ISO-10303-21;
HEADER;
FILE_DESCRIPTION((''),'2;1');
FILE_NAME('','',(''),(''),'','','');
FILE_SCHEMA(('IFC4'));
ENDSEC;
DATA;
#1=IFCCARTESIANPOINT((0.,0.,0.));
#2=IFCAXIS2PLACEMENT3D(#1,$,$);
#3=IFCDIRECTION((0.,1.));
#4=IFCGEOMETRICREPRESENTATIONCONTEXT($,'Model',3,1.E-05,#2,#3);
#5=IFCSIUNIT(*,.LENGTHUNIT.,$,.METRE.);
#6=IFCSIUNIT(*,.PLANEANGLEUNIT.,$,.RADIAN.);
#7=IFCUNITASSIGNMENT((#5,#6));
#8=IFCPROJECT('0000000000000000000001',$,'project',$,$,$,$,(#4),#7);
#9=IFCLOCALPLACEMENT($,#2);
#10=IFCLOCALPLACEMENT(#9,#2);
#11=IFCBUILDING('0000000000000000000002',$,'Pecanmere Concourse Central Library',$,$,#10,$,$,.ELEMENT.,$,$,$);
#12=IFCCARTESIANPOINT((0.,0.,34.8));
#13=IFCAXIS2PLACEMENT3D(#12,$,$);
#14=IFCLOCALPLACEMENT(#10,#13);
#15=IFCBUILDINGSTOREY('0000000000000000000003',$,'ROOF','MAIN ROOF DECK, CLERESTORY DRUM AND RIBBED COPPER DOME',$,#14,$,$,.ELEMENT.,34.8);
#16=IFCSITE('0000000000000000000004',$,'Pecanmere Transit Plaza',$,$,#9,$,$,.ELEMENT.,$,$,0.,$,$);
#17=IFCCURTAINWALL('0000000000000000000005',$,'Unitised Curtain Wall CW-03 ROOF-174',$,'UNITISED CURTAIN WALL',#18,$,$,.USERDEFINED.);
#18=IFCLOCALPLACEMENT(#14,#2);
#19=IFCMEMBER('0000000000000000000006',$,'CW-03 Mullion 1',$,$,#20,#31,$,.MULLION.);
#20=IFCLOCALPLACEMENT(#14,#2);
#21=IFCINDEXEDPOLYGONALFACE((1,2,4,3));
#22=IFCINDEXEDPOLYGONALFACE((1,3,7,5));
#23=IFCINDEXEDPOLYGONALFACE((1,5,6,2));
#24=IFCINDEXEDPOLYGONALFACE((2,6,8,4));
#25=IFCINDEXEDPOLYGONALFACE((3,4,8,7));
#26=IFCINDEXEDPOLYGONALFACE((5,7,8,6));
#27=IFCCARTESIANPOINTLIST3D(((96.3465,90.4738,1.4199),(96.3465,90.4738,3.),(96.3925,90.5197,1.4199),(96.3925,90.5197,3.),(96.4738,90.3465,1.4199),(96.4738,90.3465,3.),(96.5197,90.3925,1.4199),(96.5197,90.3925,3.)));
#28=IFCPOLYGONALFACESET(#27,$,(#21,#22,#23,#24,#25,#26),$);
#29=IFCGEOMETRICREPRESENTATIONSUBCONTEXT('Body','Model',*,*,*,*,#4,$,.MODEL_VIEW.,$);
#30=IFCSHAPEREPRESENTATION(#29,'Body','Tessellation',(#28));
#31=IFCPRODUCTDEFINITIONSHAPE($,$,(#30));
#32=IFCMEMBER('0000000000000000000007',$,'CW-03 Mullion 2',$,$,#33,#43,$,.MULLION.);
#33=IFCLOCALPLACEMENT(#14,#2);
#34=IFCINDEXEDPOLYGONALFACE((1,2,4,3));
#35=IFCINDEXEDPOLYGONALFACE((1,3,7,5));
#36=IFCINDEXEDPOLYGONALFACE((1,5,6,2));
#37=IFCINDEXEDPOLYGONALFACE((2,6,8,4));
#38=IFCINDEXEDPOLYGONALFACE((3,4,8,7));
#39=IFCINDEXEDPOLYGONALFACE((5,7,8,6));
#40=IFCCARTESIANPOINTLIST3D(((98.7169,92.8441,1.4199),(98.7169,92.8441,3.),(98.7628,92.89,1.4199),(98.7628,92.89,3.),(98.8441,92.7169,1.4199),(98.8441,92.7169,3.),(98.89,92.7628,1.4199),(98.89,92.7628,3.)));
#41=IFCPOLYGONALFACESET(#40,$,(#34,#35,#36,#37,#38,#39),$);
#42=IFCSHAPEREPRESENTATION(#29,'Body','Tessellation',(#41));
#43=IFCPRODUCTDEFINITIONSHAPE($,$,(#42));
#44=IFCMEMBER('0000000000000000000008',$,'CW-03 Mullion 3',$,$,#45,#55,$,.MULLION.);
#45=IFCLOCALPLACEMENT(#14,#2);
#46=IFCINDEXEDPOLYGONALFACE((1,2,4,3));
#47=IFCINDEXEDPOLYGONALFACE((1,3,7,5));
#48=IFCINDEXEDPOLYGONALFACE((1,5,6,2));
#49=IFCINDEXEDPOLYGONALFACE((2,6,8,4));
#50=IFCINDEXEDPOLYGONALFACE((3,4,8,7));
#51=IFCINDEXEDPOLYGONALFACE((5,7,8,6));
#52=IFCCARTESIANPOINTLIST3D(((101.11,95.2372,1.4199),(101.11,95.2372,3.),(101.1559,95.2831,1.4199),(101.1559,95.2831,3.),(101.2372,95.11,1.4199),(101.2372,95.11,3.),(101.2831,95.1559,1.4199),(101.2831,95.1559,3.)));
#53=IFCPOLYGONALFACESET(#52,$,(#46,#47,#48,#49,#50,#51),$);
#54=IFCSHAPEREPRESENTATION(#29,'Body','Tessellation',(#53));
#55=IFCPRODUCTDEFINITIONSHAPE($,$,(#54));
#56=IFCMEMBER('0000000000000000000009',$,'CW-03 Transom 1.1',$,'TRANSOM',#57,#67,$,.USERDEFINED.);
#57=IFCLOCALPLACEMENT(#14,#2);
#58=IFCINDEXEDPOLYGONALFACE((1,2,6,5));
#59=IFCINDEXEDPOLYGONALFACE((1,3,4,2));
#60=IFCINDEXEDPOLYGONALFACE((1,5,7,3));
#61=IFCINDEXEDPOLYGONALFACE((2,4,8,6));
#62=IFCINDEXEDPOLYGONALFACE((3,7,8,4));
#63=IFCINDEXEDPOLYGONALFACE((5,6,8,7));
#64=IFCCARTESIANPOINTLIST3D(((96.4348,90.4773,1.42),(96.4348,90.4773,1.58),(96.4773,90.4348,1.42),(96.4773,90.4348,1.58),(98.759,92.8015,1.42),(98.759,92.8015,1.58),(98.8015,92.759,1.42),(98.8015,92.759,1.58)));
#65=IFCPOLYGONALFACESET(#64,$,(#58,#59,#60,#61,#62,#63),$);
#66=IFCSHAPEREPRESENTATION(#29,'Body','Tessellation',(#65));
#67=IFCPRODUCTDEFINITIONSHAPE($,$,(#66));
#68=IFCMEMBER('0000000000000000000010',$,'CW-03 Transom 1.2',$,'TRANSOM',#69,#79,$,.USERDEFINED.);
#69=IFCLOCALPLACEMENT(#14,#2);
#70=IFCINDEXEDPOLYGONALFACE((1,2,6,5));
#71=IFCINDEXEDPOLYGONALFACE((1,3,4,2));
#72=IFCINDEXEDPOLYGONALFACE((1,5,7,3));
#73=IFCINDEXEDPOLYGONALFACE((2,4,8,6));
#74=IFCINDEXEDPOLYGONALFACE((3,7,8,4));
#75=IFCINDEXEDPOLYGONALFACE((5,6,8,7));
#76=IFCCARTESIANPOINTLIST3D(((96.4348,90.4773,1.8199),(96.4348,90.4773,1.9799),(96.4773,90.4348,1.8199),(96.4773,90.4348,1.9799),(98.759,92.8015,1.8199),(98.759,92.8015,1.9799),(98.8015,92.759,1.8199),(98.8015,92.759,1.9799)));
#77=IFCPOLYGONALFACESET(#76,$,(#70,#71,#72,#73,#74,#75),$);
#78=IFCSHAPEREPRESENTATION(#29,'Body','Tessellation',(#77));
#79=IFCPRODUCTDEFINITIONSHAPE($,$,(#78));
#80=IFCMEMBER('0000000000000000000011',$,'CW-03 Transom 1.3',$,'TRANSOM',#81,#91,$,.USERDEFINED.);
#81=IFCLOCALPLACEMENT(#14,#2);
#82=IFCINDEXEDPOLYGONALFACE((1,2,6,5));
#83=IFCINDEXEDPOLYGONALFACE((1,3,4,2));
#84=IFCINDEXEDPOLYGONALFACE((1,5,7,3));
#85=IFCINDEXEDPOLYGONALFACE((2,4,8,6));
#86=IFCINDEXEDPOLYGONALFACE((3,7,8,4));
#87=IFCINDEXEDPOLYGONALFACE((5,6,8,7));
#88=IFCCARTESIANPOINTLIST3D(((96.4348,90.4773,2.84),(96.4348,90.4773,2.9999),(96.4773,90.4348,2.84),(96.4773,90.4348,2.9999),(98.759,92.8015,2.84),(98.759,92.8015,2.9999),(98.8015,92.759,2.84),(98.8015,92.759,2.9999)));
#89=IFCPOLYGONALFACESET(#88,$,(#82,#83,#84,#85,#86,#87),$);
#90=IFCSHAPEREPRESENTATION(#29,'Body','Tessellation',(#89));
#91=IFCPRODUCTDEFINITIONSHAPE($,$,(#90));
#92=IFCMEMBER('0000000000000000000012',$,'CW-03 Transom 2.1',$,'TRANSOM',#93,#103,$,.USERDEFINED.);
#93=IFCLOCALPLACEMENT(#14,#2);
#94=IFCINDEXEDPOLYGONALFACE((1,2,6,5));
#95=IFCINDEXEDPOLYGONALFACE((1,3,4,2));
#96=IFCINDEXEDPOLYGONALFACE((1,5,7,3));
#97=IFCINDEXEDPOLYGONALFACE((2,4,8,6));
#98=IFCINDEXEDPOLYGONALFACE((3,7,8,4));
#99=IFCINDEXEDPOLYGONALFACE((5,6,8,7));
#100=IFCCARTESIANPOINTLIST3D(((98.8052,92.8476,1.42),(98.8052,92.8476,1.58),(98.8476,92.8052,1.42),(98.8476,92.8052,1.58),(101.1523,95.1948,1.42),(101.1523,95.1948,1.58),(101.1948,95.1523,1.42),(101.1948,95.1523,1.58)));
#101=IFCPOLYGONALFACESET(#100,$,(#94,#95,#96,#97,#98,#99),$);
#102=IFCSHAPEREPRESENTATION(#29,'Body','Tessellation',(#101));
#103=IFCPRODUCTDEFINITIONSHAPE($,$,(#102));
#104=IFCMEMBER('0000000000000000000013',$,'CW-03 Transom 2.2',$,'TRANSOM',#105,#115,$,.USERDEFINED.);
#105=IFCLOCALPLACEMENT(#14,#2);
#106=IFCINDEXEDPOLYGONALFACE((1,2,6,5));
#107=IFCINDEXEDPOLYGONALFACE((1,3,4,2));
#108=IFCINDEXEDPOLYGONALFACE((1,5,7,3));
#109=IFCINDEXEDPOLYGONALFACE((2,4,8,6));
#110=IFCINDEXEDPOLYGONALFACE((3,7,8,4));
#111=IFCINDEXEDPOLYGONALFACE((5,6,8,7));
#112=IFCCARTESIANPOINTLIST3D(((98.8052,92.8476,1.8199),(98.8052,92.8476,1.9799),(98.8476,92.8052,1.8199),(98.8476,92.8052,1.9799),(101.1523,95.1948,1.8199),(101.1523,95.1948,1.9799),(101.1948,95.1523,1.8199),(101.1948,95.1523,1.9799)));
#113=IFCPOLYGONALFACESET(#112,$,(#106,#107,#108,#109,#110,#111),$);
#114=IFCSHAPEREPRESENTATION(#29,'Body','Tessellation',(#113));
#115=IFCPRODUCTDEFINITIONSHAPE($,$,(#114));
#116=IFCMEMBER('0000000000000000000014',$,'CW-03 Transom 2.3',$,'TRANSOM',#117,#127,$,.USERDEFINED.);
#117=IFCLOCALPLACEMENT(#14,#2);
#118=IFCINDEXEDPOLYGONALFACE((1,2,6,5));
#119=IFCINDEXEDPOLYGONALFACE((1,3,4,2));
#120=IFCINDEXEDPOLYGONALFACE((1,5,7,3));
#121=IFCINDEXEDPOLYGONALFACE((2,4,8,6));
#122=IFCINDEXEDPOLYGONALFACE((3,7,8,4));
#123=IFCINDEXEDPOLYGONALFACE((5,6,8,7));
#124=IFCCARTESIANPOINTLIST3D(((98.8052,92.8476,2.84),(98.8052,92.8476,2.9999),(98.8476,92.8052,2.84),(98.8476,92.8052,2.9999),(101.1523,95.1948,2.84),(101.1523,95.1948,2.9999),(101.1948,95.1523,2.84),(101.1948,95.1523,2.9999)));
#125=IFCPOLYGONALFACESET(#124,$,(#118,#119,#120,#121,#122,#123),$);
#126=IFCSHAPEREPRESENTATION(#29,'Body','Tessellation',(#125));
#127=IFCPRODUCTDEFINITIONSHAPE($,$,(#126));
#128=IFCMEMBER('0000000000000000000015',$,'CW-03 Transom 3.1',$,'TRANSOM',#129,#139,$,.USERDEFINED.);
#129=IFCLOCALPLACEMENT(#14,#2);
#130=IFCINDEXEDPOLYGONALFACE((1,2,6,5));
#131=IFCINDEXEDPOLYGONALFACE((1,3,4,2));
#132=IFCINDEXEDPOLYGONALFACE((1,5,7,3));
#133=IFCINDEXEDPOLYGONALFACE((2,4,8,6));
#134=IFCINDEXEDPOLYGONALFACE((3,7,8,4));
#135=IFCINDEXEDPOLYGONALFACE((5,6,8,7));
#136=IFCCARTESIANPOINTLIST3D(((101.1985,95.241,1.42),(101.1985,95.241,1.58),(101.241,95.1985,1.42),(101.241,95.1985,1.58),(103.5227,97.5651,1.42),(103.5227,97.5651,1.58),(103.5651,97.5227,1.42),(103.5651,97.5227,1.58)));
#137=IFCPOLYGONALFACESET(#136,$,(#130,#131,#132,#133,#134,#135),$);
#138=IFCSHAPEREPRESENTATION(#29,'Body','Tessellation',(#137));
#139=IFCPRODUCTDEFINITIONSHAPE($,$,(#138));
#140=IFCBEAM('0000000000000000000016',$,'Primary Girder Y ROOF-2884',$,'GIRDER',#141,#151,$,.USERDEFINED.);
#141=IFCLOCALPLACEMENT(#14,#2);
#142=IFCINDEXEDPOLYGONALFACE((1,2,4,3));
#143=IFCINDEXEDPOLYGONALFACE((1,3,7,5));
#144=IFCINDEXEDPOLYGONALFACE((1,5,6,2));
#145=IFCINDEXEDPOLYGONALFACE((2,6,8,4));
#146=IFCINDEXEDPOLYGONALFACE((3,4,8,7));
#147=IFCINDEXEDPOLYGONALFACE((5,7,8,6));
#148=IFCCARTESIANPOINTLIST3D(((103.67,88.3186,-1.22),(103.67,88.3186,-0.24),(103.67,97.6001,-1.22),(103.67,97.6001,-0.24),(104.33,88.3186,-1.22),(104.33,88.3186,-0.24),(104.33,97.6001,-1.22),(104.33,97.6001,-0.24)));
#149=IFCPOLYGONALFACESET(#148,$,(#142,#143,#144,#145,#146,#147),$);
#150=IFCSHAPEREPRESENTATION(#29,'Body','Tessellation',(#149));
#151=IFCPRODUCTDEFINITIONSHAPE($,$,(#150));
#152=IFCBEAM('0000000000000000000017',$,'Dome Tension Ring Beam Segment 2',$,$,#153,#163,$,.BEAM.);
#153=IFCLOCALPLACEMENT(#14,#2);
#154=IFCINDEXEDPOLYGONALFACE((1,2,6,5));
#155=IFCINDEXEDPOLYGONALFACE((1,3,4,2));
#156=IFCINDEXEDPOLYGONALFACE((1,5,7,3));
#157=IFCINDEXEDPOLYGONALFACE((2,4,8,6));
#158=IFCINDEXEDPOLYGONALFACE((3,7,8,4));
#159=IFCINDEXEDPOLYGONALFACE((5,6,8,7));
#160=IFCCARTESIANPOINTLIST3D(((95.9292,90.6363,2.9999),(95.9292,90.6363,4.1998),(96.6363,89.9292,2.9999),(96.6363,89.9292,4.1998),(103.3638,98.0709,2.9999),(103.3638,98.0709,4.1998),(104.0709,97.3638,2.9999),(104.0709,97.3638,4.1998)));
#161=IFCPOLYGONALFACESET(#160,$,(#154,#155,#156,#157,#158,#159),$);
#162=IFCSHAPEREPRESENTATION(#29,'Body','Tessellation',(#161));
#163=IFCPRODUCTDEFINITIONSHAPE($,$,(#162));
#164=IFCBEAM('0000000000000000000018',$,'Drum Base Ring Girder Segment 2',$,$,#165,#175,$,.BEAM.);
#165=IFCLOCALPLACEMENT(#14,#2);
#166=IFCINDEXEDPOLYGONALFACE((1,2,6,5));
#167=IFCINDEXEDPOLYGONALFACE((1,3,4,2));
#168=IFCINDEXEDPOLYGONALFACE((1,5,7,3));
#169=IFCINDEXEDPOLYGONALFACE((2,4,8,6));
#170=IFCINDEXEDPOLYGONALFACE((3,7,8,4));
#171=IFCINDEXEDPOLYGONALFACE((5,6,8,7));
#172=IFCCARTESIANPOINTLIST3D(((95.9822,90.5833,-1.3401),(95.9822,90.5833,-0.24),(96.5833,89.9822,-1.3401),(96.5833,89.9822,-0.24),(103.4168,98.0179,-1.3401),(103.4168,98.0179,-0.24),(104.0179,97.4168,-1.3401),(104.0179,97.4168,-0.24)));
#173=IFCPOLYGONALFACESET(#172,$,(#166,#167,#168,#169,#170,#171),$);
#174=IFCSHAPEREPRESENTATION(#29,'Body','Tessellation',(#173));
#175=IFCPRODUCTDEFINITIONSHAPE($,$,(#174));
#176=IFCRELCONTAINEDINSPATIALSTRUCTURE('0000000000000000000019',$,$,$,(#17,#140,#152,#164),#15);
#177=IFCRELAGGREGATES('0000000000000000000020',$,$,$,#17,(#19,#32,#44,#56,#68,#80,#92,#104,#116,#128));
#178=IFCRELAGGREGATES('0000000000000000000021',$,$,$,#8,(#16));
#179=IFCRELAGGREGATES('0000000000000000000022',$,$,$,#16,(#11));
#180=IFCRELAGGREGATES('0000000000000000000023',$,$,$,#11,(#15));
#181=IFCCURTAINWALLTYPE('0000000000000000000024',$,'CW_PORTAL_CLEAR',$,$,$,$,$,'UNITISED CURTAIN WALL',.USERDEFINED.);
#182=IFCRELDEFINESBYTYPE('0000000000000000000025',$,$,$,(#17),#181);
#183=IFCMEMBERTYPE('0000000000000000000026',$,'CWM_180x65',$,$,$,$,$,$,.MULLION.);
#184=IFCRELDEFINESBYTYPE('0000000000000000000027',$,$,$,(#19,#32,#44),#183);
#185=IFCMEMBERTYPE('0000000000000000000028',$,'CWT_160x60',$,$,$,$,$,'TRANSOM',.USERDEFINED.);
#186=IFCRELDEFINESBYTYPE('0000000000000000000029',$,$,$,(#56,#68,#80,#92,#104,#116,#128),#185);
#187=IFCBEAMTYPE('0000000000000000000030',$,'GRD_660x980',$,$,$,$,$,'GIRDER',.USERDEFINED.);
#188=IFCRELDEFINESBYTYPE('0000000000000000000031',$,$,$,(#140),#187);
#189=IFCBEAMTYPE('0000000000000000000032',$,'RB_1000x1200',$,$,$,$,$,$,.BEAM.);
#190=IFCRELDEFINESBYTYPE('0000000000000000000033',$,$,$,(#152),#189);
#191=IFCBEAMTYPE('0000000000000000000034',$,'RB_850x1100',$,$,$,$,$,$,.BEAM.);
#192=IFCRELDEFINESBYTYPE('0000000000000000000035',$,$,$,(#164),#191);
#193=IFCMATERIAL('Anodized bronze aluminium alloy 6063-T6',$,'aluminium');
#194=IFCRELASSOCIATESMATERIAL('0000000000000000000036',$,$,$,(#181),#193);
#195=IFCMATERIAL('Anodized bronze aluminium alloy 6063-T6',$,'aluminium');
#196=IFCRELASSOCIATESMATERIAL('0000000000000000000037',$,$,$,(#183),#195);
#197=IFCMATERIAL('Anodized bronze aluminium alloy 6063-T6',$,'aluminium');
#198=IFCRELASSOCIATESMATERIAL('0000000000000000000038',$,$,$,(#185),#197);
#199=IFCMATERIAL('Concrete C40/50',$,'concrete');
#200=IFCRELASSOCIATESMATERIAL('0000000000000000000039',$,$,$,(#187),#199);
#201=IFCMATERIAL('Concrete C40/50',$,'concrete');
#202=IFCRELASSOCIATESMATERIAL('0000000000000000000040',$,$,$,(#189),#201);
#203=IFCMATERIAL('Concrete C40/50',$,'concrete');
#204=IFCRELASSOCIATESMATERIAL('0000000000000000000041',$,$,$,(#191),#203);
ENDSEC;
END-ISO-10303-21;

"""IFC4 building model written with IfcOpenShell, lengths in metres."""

from ifc_helpers import new_model, si_unit, direction, frame, origin, origin_2d, place, context, subcontext, project, spatial, rectangle, extrude, material, material_profile, profile_set, type_object, element, aggregate, save


model = new_model("IFC4")

# Units and contexts
model_context = context("Model", 3, precision=1e-05, world=origin(), true_north=direction((0.0, 1.0)))
body_context = subcontext(model_context, "Body", "Model", "MODEL_VIEW")
ifc_project = project(units=[si_unit("LENGTHUNIT", "METRE"), si_unit("PLANEANGLEUNIT", "RADIAN")], contexts=[model_context])

# Site, building, storey
site_placement = place(None, origin())
site = spatial("IfcSite", under=ifc_project, at=site_placement, Name="Pecanmere Transit Plaza", CompositionType="ELEMENT", RefElevation=0.0)
building_placement = place(site_placement, origin())
building = spatial("IfcBuilding", under=site, at=building_placement, Name="Pecanmere Concourse Central Library", CompositionType="ELEMENT")
storey_placement = place(building_placement, frame((0.0, 0.0, 34.8)))
storey = spatial("IfcBuildingStorey", under=building, at=storey_placement, Name="ROOF", Description="MAIN ROOF DECK, CLERESTORY DRUM AND RIBBED COPPER DOME", CompositionType="ELEMENT", Elevation=34.8)

# Curtain wall, members
ifc_material_1 = material(Name="Anodized bronze aluminium alloy 6063-T6", Category="aluminium")
curtain_wall_type = type_object("IfcCurtainWallType", Name="CW_PORTAL_CLEAR", ElementType="UNITISED CURTAIN WALL", PredefinedType="USERDEFINED", material=ifc_material_1)
curtain_wall_placement = place(storey_placement, origin())
curtain_wall = element("IfcCurtainWall", 1, at=curtain_wall_placement, inside=storey, type_object=curtain_wall_type, Name="Unitised Curtain Wall CW-03 ROOF-174", ObjectType="UNITISED CURTAIN WALL", PredefinedType="USERDEFINED")
ifc_material_2 = material(Name="Anodized bronze aluminium alloy 6063-T6", Category="aluminium")
ifc_material_profile_1 = material_profile(ifc_material_2, rectangle(XDim=0.0649, YDim=0.1799, at=origin_2d()), Name="AL 65x180")
ifc_profile_set_1 = profile_set([ifc_material_profile_1], Name="Anodized bronze aluminium alloy 6063-T6")
member_type_1 = type_object("IfcMemberType", Name="CWM_180x65", PredefinedType="MULLION", material=ifc_profile_set_1)
member_1_placement = place(storey_placement, frame((96.4331, 90.4331, 1.4199), z_axis=(0.0, 0.0, 1.0), x_axis=(0.707107, 0.707107, 0.0)))
member_1 = element("IfcMember", 2, at=member_1_placement, type_object=member_type_1, Name="CW-03 Mullion 1", PredefinedType="MULLION", context=body_context, shape_type="SweptSolid", body=[
    extrude(rectangle(XDim=0.0649, YDim=0.1799, at=origin_2d()), origin(), (0.0, 0.0, 1.0), 1.5801),
])
member_2_placement = place(storey_placement, frame((98.8035, 92.8035, 1.4199), z_axis=(0.0, 0.0, 1.0), x_axis=(0.707107, 0.707107, 0.0)))
member_2 = element("IfcMember", 3, at=member_2_placement, type_object=member_type_1, Name="CW-03 Mullion 2", PredefinedType="MULLION", context=body_context, shape_type="SweptSolid", body=[
    extrude(rectangle(XDim=0.0649, YDim=0.1799, at=origin_2d()), origin(), (0.0, 0.0, 1.0), 1.5801),
])
member_3_placement = place(storey_placement, frame((101.1965, 95.1965, 1.4199), z_axis=(0.0, 0.0, 1.0), x_axis=(0.707107, 0.707107, 0.0)))
member_3 = element("IfcMember", 4, at=member_3_placement, type_object=member_type_1, Name="CW-03 Mullion 3", PredefinedType="MULLION", context=body_context, shape_type="SweptSolid", body=[
    extrude(rectangle(XDim=0.0649, YDim=0.1799, at=origin_2d()), origin(), (0.0, 0.0, 1.0), 1.5801),
])
ifc_material_3 = material(Name="Anodized bronze aluminium alloy 6063-T6", Category="aluminium")
ifc_material_profile_2 = material_profile(ifc_material_3, rectangle(XDim=0.0601, YDim=0.1599, at=origin_2d()), Name="AL 60x160")
ifc_profile_set_2 = profile_set([ifc_material_profile_2], Name="Anodized bronze aluminium alloy 6063-T6")
member_type_2 = type_object("IfcMemberType", Name="CWT_160x60", ElementType="TRANSOM", PredefinedType="USERDEFINED", material=ifc_profile_set_2)
member_4_placement = place(storey_placement, frame((96.4561, 90.4561, 1.5), z_axis=(0.707107, 0.707107, 0.0), x_axis=(-0.707107, 0.707107, 0.0)))
member_4 = element("IfcMember", 5, at=member_4_placement, type_object=member_type_2, Name="CW-03 Transom 1.1", ObjectType="TRANSOM", PredefinedType="USERDEFINED", context=body_context, shape_type="SweptSolid", body=[
    extrude(rectangle(XDim=0.0601, YDim=0.1599, at=origin_2d()), origin(), (0.0, 0.0, 1.0), 3.2869),
])
member_5_placement = place(storey_placement, frame((96.4561, 90.4561, 1.8999), z_axis=(0.707107, 0.707107, 0.0), x_axis=(-0.707107, 0.707107, 0.0)))
member_5 = element("IfcMember", 6, at=member_5_placement, type_object=member_type_2, Name="CW-03 Transom 1.2", ObjectType="TRANSOM", PredefinedType="USERDEFINED", context=body_context, shape_type="SweptSolid", body=[
    extrude(rectangle(XDim=0.0601, YDim=0.1599, at=origin_2d()), origin(), (0.0, 0.0, 1.0), 3.2869),
])
member_6_placement = place(storey_placement, frame((96.4561, 90.4561, 2.9199), z_axis=(0.707107, 0.707107, 0.0), x_axis=(-0.707107, 0.707107, 0.0)))
member_6 = element("IfcMember", 7, at=member_6_placement, type_object=member_type_2, Name="CW-03 Transom 1.3", ObjectType="TRANSOM", PredefinedType="USERDEFINED", context=body_context, shape_type="SweptSolid", body=[
    extrude(rectangle(XDim=0.0601, YDim=0.1599, at=origin_2d()), origin(), (0.0, 0.0, 1.0), 3.2869),
])
member_7_placement = place(storey_placement, frame((98.8264, 92.8264, 1.5), z_axis=(0.707107, 0.707107, 0.0), x_axis=(-0.707107, 0.707107, 0.0)))
member_7 = element("IfcMember", 8, at=member_7_placement, type_object=member_type_2, Name="CW-03 Transom 2.1", ObjectType="TRANSOM", PredefinedType="USERDEFINED", context=body_context, shape_type="SweptSolid", body=[
    extrude(rectangle(XDim=0.0601, YDim=0.1599, at=origin_2d()), origin(), (0.0, 0.0, 1.0), 3.3193),
])
member_8_placement = place(storey_placement, frame((98.8264, 92.8264, 1.8999), z_axis=(0.707107, 0.707107, 0.0), x_axis=(-0.707107, 0.707107, 0.0)))
member_8 = element("IfcMember", 9, at=member_8_placement, type_object=member_type_2, Name="CW-03 Transom 2.2", ObjectType="TRANSOM", PredefinedType="USERDEFINED", context=body_context, shape_type="SweptSolid", body=[
    extrude(rectangle(XDim=0.0601, YDim=0.1599, at=origin_2d()), origin(), (0.0, 0.0, 1.0), 3.3193),
])
member_9_placement = place(storey_placement, frame((98.8264, 92.8264, 2.9199), z_axis=(0.707107, 0.707107, 0.0), x_axis=(-0.707107, 0.707107, 0.0)))
member_9 = element("IfcMember", 10, at=member_9_placement, type_object=member_type_2, Name="CW-03 Transom 2.3", ObjectType="TRANSOM", PredefinedType="USERDEFINED", context=body_context, shape_type="SweptSolid", body=[
    extrude(rectangle(XDim=0.0601, YDim=0.1599, at=origin_2d()), origin(), (0.0, 0.0, 1.0), 3.3193),
])
member_10_placement = place(storey_placement, frame((101.2197, 95.2197, 1.5), z_axis=(0.707107, 0.707107, 0.0), x_axis=(-0.707107, 0.707107, 0.0)))
member_10 = element("IfcMember", 11, at=member_10_placement, type_object=member_type_2, Name="CW-03 Transom 3.1", ObjectType="TRANSOM", PredefinedType="USERDEFINED", context=body_context, shape_type="SweptSolid", body=[
    extrude(rectangle(XDim=0.0601, YDim=0.1599, at=origin_2d()), origin(), (0.0, 0.0, 1.0), 3.2869),
])

# Beams
ifc_material_4 = material(Name="Concrete C40/50", Category="concrete")
ifc_material_profile_3 = material_profile(ifc_material_4, rectangle(XDim=0.6599, YDim=0.98, at=origin_2d()), Name="RC 660x980")
ifc_profile_set_3 = profile_set([ifc_material_profile_3], Name="Concrete C40/50")
beam_type_1 = type_object("IfcBeamType", Name="GRD_660x980", ElementType="GIRDER", PredefinedType="USERDEFINED", material=ifc_profile_set_3)
beam_1_placement = place(storey_placement, frame((104.0, 88.3186, -0.73), z_axis=(0.0, 1.0, 0.0), x_axis=(-1.0, 0.0, 0.0)))
element("IfcBeam", 12, at=beam_1_placement, inside=storey, type_object=beam_type_1, Name="Primary Girder Y ROOF-2884", ObjectType="GIRDER", PredefinedType="USERDEFINED", context=body_context, shape_type="SweptSolid", body=[
    extrude(rectangle(XDim=0.6599, YDim=0.98, at=origin_2d()), origin(), (0.0, 0.0, 1.0), 9.2815),
])
ifc_material_5 = material(Name="Concrete C40/50", Category="concrete")
ifc_material_profile_4 = material_profile(ifc_material_5, rectangle(XDim=1.0, YDim=1.2, at=origin_2d()), Name="RC 1000x1200")
ifc_profile_set_4 = profile_set([ifc_material_profile_4], Name="Concrete C40/50")
beam_type_2 = type_object("IfcBeamType", Name="RB_1000x1200", PredefinedType="BEAM", material=ifc_profile_set_4)
beam_2_placement = place(storey_placement, frame((96.2827, 90.2827, 3.5999), z_axis=(0.707107, 0.707107, 0.0), x_axis=(-0.707107, 0.707107, 0.0)))
element("IfcBeam", 13, at=beam_2_placement, inside=storey, type_object=beam_type_2, Name="Dome Tension Ring Beam Segment 2", PredefinedType="BEAM", context=body_context, shape_type="SweptSolid", body=[
    extrude(rectangle(XDim=1.0, YDim=1.2, at=origin_2d()), origin(), (0.0, 0.0, 1.0), 10.5142),
])
ifc_material_6 = material(Name="Concrete C40/50", Category="concrete")
ifc_material_profile_5 = material_profile(ifc_material_6, rectangle(XDim=0.8501, YDim=1.1001, at=origin_2d()), Name="RC 850x1100")
ifc_profile_set_5 = profile_set([ifc_material_profile_5], Name="Concrete C40/50")
beam_type_3 = type_object("IfcBeamType", Name="RB_850x1100", PredefinedType="BEAM", material=ifc_profile_set_5)
beam_3_placement = place(storey_placement, frame((96.2827, 90.2827, -0.79), z_axis=(0.707107, 0.707107, 0.0), x_axis=(-0.707107, 0.707107, 0.0)))
element("IfcBeam", 14, at=beam_3_placement, inside=storey, type_object=beam_type_3, Name="Drum Base Ring Girder Segment 2", PredefinedType="BEAM", context=body_context, shape_type="SweptSolid", body=[
    extrude(rectangle(XDim=0.8501, YDim=1.1001, at=origin_2d()), origin(), (0.0, 0.0, 1.0), 10.5142),
])

aggregate(curtain_wall, [member_1, member_2, member_3, member_4, member_5, member_6, member_7, member_8, member_9, member_10])

save(model, "model.ifc")
